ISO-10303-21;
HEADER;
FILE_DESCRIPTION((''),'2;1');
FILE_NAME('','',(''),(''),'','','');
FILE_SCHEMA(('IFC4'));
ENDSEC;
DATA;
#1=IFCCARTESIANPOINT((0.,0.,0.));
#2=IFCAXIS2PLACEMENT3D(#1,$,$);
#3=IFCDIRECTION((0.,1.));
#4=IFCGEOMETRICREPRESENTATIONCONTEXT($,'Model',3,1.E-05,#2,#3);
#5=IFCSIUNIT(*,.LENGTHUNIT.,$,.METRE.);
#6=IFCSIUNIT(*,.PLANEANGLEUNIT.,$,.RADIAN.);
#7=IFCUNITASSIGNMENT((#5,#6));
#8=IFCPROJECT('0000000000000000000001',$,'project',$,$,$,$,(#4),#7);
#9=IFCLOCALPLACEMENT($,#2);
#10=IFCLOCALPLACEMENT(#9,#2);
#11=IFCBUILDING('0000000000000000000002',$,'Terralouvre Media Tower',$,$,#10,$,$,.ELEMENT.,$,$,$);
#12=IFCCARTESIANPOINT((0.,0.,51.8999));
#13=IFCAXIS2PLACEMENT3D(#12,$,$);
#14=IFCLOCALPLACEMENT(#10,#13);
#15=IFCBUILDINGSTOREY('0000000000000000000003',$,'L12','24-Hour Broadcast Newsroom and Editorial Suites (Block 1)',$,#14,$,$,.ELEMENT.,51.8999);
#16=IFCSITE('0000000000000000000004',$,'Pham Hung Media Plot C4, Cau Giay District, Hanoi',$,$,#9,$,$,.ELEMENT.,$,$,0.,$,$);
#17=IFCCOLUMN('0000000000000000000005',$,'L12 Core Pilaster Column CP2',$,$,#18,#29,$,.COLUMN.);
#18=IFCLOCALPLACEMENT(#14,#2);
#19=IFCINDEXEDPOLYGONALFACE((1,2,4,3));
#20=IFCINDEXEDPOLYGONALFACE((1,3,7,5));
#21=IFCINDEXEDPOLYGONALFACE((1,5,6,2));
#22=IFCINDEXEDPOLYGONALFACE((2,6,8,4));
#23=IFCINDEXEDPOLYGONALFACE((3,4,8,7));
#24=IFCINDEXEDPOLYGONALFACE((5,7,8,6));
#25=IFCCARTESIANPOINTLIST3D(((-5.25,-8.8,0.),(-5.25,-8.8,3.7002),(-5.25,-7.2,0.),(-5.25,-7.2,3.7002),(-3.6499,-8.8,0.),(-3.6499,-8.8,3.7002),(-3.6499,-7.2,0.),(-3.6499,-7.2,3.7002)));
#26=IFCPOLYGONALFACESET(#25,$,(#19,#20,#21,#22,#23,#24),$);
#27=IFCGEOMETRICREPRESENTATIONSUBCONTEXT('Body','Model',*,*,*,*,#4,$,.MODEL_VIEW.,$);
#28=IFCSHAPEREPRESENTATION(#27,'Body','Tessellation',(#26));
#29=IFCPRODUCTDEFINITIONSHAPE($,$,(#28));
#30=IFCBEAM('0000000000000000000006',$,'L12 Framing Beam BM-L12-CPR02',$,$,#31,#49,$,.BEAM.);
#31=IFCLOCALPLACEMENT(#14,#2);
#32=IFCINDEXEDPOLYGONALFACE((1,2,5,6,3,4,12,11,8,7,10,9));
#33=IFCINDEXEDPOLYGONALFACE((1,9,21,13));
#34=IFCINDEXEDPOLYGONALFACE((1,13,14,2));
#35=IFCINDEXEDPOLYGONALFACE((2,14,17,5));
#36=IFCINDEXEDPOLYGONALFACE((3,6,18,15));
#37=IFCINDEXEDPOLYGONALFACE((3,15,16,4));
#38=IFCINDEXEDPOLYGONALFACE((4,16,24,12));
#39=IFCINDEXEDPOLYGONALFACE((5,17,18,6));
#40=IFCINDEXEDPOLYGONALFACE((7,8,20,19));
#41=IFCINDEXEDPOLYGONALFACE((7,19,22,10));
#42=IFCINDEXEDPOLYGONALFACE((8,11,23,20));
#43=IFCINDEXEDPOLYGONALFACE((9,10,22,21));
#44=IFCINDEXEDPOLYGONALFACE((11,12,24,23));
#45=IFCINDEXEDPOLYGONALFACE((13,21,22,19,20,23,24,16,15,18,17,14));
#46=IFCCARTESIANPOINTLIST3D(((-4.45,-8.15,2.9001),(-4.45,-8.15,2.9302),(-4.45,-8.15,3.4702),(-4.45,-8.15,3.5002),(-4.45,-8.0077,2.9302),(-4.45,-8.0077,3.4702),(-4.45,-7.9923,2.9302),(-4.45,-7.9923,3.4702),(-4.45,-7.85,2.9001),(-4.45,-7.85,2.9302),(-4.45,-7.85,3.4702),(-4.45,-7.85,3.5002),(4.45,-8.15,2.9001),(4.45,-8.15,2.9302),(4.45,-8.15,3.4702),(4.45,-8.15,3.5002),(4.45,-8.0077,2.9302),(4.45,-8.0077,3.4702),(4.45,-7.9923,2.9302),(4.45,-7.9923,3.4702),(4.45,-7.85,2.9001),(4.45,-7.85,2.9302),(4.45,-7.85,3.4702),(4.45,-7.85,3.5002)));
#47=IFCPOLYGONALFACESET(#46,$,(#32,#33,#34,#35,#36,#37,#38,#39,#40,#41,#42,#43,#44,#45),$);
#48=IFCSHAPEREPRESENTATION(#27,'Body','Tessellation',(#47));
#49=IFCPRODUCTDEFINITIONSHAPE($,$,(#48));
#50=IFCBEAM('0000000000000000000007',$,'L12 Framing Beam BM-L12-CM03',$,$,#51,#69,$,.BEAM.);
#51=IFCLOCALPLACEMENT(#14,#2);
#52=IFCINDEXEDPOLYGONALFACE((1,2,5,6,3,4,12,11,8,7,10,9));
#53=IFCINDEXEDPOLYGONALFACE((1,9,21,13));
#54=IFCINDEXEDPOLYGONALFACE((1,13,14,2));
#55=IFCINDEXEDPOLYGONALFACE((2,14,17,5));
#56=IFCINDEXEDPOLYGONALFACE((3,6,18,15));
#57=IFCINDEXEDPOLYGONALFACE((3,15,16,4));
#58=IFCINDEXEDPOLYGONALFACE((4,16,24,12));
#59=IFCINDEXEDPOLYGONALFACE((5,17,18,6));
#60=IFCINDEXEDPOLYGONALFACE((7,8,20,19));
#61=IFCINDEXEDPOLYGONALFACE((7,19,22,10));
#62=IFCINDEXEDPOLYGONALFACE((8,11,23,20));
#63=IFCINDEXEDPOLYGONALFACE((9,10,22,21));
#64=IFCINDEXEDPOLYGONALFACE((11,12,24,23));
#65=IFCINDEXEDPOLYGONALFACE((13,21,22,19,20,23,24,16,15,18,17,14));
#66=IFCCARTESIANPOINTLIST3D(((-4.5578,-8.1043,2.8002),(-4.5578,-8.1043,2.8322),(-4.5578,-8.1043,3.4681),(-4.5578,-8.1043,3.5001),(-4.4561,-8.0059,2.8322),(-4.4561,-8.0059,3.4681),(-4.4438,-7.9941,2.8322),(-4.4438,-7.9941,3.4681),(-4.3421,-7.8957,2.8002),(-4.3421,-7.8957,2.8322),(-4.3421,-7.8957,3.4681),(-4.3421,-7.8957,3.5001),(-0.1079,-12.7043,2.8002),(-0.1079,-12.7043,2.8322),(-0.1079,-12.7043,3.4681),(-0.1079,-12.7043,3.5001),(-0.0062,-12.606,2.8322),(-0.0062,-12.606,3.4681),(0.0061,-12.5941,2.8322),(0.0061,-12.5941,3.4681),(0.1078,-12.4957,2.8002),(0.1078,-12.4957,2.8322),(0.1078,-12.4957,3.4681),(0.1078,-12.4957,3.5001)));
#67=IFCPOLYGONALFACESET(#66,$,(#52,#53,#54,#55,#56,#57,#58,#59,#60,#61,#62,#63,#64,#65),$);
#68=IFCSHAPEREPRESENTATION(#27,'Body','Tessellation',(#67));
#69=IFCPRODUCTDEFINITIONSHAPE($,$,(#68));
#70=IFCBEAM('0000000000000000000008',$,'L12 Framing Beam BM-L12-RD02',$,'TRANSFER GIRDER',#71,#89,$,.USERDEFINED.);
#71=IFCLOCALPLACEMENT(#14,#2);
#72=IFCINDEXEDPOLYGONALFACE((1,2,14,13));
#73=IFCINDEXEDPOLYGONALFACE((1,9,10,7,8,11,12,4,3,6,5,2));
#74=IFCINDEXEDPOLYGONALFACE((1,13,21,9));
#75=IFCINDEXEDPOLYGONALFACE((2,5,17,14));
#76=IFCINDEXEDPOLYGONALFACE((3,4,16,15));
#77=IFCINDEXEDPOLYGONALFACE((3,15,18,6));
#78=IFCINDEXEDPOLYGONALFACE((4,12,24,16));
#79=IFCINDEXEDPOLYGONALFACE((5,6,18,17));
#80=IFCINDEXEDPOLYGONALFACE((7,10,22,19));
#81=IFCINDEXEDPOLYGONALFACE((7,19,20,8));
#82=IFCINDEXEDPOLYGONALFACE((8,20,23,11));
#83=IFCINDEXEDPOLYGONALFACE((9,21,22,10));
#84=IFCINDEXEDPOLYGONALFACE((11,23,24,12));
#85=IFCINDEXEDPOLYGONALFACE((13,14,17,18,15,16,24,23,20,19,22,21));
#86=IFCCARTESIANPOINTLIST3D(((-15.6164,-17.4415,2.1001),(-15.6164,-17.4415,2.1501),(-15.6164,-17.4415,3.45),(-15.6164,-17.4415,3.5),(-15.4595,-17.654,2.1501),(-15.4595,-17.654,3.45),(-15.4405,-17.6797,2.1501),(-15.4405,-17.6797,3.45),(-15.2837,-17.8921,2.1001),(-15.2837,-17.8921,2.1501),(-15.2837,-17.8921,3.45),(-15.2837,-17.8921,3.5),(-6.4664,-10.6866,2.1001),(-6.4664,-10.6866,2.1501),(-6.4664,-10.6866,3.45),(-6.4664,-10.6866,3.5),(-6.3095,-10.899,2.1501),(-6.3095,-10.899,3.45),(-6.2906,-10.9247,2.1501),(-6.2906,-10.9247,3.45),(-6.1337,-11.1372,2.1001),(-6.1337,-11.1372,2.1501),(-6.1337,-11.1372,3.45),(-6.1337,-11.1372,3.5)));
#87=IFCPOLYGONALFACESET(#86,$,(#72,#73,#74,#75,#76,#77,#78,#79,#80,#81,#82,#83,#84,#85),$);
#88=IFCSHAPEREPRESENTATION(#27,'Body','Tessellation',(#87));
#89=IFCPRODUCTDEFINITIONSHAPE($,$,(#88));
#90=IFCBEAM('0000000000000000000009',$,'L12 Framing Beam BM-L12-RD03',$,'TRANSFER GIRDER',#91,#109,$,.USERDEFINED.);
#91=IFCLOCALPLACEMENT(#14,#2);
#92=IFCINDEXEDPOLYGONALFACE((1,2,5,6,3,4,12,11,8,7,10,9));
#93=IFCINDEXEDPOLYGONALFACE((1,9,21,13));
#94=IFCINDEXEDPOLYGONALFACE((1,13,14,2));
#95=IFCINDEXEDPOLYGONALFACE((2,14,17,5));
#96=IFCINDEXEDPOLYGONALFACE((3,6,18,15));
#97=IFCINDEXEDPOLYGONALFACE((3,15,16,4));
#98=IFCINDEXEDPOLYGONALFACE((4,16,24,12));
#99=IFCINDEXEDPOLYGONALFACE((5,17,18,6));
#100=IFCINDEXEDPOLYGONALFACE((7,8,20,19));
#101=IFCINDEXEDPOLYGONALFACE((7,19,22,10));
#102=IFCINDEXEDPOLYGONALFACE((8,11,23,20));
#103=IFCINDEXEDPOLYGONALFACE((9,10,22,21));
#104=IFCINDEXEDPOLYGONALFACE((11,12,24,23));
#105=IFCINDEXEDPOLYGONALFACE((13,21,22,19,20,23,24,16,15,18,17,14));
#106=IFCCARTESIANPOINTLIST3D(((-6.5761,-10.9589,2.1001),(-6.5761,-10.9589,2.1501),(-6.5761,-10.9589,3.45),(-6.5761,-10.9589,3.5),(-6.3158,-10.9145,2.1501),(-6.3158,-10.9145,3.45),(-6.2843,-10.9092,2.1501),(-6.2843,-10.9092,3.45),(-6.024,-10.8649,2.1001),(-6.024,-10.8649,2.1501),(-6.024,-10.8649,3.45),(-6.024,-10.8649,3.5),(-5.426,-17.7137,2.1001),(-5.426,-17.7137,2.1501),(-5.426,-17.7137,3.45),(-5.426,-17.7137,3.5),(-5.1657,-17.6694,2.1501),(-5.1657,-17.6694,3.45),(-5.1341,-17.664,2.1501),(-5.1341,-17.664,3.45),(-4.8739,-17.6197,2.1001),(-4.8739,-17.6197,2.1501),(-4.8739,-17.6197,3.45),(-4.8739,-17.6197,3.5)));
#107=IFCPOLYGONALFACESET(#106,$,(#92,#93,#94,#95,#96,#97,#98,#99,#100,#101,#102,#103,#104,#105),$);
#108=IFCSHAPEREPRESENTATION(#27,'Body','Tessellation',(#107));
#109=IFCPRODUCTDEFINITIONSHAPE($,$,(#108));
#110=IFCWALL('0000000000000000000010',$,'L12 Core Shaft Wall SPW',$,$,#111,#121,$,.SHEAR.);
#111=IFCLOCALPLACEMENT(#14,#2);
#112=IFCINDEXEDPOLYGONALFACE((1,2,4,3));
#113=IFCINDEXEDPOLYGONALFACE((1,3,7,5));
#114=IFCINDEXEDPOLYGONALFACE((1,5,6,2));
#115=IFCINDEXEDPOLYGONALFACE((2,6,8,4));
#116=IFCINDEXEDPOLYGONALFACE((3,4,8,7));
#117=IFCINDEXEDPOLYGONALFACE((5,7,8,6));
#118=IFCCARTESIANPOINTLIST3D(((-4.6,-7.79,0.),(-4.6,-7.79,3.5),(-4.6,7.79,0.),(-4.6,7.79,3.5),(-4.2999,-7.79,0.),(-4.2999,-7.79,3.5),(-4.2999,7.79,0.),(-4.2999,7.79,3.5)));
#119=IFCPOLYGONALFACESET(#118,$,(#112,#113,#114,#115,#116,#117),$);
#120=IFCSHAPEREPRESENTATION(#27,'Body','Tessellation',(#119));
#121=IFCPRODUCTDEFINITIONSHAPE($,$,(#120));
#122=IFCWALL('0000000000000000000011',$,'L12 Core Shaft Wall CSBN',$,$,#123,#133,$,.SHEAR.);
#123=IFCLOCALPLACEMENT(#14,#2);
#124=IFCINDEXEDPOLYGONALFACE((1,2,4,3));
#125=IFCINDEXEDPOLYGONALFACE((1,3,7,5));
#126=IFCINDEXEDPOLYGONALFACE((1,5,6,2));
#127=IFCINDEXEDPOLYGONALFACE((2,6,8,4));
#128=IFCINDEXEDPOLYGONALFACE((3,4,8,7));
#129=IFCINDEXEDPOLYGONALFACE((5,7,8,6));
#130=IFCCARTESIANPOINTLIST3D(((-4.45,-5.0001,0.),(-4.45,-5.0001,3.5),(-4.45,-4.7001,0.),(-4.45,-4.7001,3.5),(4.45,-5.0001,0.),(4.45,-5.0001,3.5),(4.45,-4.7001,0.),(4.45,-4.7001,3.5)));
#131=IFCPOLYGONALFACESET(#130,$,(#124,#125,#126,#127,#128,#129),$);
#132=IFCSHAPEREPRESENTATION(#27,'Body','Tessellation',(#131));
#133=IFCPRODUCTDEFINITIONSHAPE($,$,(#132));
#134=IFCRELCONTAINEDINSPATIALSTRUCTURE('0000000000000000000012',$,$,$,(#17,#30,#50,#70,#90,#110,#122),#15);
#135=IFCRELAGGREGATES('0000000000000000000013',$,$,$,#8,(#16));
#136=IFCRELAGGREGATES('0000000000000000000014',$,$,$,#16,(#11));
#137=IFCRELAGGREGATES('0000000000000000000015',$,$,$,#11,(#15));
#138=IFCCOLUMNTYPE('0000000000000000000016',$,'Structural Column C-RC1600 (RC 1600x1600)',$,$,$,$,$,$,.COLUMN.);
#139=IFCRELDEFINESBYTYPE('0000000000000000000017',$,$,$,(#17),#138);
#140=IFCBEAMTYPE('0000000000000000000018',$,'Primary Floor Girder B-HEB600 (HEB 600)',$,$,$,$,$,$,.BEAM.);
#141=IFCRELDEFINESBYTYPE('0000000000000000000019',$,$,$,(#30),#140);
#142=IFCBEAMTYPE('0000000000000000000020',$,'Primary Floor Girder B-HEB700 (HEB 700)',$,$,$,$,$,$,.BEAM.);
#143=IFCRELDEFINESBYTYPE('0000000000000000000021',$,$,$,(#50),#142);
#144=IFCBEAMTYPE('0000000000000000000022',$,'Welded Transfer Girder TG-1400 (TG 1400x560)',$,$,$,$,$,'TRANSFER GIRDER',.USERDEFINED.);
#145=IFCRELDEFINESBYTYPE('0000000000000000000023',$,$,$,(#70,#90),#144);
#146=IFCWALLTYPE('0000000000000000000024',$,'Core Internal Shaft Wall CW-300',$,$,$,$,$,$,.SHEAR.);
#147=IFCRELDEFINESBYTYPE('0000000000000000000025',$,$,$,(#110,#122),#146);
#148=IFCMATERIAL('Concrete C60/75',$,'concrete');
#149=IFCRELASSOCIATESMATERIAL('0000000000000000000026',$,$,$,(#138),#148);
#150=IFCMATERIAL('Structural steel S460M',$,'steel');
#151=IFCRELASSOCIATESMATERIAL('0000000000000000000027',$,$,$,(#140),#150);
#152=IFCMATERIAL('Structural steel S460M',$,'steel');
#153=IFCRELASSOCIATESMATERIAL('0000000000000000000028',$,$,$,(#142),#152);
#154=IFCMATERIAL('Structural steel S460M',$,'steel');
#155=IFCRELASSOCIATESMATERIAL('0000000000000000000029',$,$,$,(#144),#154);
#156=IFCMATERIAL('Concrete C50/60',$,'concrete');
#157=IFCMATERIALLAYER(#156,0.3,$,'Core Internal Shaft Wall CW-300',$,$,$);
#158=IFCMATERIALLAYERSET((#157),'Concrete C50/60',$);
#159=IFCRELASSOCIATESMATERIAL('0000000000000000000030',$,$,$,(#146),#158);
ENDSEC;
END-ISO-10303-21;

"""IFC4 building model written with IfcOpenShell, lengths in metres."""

from ifc_helpers import new_model, si_unit, direction, frame, frame_2d, origin, origin_2d, place, context, subcontext, project, spatial, rectangle, i_section, extrude, material, layer, layer_set, material_profile, profile_set, type_object, element, save


model = new_model("IFC4")

# Units and contexts
model_context = context("Model", 3, precision=1e-05, world=origin(), true_north=direction((0.0, 1.0)))
body_context = subcontext(model_context, "Body", "Model", "MODEL_VIEW")
ifc_project = project(units=[si_unit("LENGTHUNIT", "METRE"), si_unit("PLANEANGLEUNIT", "RADIAN")], contexts=[model_context])

# Site, building, storey
site_placement = place(None, origin())
site = spatial("IfcSite", under=ifc_project, at=site_placement, Name="Pham Hung Media Plot C4, Cau Giay District, Hanoi", CompositionType="ELEMENT", RefElevation=0.0)
building_placement = place(site_placement, origin())
building = spatial("IfcBuilding", under=site, at=building_placement, Name="Terralouvre Media Tower", CompositionType="ELEMENT")
storey_placement = place(building_placement, frame((0.0, 0.0, 51.8999)))
storey = spatial("IfcBuildingStorey", under=building, at=storey_placement, Name="L12", Description="24-Hour Broadcast Newsroom and Editorial Suites (Block 1)", CompositionType="ELEMENT", Elevation=51.8999)

# Column
ifc_material_1 = material(Name="Concrete C60/75", Category="concrete")
ifc_material_profile_1 = material_profile(ifc_material_1, rectangle(XDim=1.6001, YDim=1.6001, at=origin_2d()), Name="RC 1600x1600")
ifc_profile_set_1 = profile_set([ifc_material_profile_1], Name="Concrete C60/75")
column_type = type_object("IfcColumnType", Name="Structural Column C-RC1600 (RC 1600x1600)", PredefinedType="COLUMN", material=ifc_profile_set_1)
column_placement = place(storey_placement, frame((-4.45, -8.0, 0.0), z_axis=(0.0, 0.0, 1.0), x_axis=(1.0, 0.0, 0.0)))
element("IfcColumn", 1, at=column_placement, inside=storey, type_object=column_type, Name="L12 Core Pilaster Column CP2", PredefinedType="COLUMN", context=body_context, shape_type="SweptSolid", body=[
    extrude(rectangle(XDim=1.6001, YDim=1.6001, at=origin_2d()), origin(), (0.0, 0.0, 1.0), 3.7002),
])

# Beams
ifc_material_2 = material(Name="Structural steel S460M", Category="steel")
ifc_material_profile_2 = material_profile(ifc_material_2, i_section(OverallWidth=0.3, OverallDepth=0.6001, WebThickness=0.0154, FlangeThickness=0.03, at=origin_2d()), Name="HEB 600")
ifc_profile_set_2 = profile_set([ifc_material_profile_2], Name="Structural steel S460M")
beam_type_1 = type_object("IfcBeamType", Name="Primary Floor Girder B-HEB600 (HEB 600)", PredefinedType="BEAM", material=ifc_profile_set_2)
beam_1_placement = place(storey_placement, frame((-4.45, -8.0, 3.2002), z_axis=(1.0, 0.0, 0.0), x_axis=(0.0, 1.0, 0.0)))
element("IfcBeam", 2, at=beam_1_placement, inside=storey, type_object=beam_type_1, Name="L12 Framing Beam BM-L12-CPR02", PredefinedType="BEAM", context=body_context, shape_type="SweptSolid", body=[
    extrude(i_section(OverallWidth=0.3, OverallDepth=0.6001, WebThickness=0.0154, FlangeThickness=0.03, at=origin_2d()), origin(), (0.0, 0.0, 1.0), 8.8999),
])
ifc_material_3 = material(Name="Structural steel S460M", Category="steel")
ifc_material_profile_3 = material_profile(ifc_material_3, i_section(OverallWidth=0.3, OverallDepth=0.7, WebThickness=0.0171, FlangeThickness=0.032, at=origin_2d()), Name="HEB 700")
ifc_profile_set_3 = profile_set([ifc_material_profile_3], Name="Structural steel S460M")
beam_type_2 = type_object("IfcBeamType", Name="Primary Floor Girder B-HEB700 (HEB 700)", PredefinedType="BEAM", material=ifc_profile_set_3)
beam_2_placement = place(storey_placement, frame((-4.45, -8.0, 3.1501), z_axis=(0.69528, -0.718739, 0.0), x_axis=(0.718739, 0.69528, 0.0)))
element("IfcBeam", 3, at=beam_2_placement, inside=storey, type_object=beam_type_2, Name="L12 Framing Beam BM-L12-CM03", PredefinedType="BEAM", context=body_context, shape_type="SweptSolid", body=[
    extrude(i_section(OverallWidth=0.3, OverallDepth=0.7, WebThickness=0.0171, FlangeThickness=0.032, at=origin_2d()), origin(), (0.0, 0.0, 1.0), 6.4001),
])
ifc_material_4 = material(Name="Structural steel S460M", Category="steel")
ifc_material_profile_4 = material_profile(ifc_material_4, i_section(OverallWidth=0.5601, OverallDepth=1.3999, WebThickness=0.032, FlangeThickness=0.05, at=origin_2d()), Name="TG 1400x560")
ifc_profile_set_4 = profile_set([ifc_material_profile_4], Name="Structural steel S460M")
beam_type_3 = type_object("IfcBeamType", Name="Welded Transfer Girder TG-1400 (TG 1400x560)", ElementType="TRANSFER GIRDER", PredefinedType="USERDEFINED", material=ifc_profile_set_4)
beam_3_placement = place(storey_placement, frame((-6.3, -10.9119, 2.8), z_axis=(-0.804516, -0.593931, 0.0), x_axis=(0.593931, -0.804516, 0.0)))
element("IfcBeam", 4, at=beam_3_placement, inside=storey, type_object=beam_type_3, Name="L12 Framing Beam BM-L12-RD02", ObjectType="TRANSFER GIRDER", PredefinedType="USERDEFINED", context=body_context, shape_type="SweptSolid", body=[
    extrude(i_section(OverallWidth=0.5601, OverallDepth=1.3999, WebThickness=0.032, FlangeThickness=0.05, at=origin_2d()), origin(), (0.0, 0.0, 1.0), 11.3733),
])
beam_4_placement = place(storey_placement, frame((-6.3, -10.9119, 2.8), z_axis=(0.167853, -0.985812, 0.0), x_axis=(0.985812, 0.167853, 0.0)))
element("IfcBeam", 5, at=beam_4_placement, inside=storey, type_object=beam_type_3, Name="L12 Framing Beam BM-L12-RD03", ObjectType="TRANSFER GIRDER", PredefinedType="USERDEFINED", context=body_context, shape_type="SweptSolid", body=[
    extrude(i_section(OverallWidth=0.5601, OverallDepth=1.3999, WebThickness=0.032, FlangeThickness=0.05, at=origin_2d()), origin(), (0.0, 0.0, 1.0), 6.8521),
])

# Walls
ifc_material_5 = material(Name="Concrete C50/60", Category="concrete")
ifc_layer_1 = layer(ifc_material_5, 0.3, Name="Core Internal Shaft Wall CW-300")
ifc_layer_set_1 = layer_set([ifc_layer_1], Name="Concrete C50/60")
wall_type_1 = type_object("IfcWallType", Name="Core Internal Shaft Wall CW-300", PredefinedType="SHEAR", material=ifc_layer_set_1)
wall_1_placement = place(storey_placement, frame((-4.45, -7.79, 0.0), z_axis=(0.0, 0.0, 1.0), x_axis=(0.0, 1.0, 0.0)))
element("IfcWall", 6, at=wall_1_placement, inside=storey, type_object=wall_type_1, Name="L12 Core Shaft Wall SPW", PredefinedType="SHEAR", context=body_context, shape_type="SweptSolid", body=[
    extrude(rectangle(XDim=15.5801, YDim=0.3, at=frame_2d((7.79, 0.0))), origin(), (0.0, 0.0, 1.0), 3.5),
])
wall_2_placement = place(storey_placement, frame((-4.45, -4.8501, 0.0), z_axis=(0.0, 0.0, 1.0), x_axis=(1.0, 0.0, 0.0)))
element("IfcWall", 7, at=wall_2_placement, inside=storey, type_object=wall_type_1, Name="L12 Core Shaft Wall CSBN", PredefinedType="SHEAR", context=body_context, shape_type="SweptSolid", body=[
    extrude(rectangle(XDim=8.8999, YDim=0.3, at=frame_2d((4.45, 0.0))), origin(), (0.0, 0.0, 1.0), 3.5),
])

save(model, "model.ifc")
